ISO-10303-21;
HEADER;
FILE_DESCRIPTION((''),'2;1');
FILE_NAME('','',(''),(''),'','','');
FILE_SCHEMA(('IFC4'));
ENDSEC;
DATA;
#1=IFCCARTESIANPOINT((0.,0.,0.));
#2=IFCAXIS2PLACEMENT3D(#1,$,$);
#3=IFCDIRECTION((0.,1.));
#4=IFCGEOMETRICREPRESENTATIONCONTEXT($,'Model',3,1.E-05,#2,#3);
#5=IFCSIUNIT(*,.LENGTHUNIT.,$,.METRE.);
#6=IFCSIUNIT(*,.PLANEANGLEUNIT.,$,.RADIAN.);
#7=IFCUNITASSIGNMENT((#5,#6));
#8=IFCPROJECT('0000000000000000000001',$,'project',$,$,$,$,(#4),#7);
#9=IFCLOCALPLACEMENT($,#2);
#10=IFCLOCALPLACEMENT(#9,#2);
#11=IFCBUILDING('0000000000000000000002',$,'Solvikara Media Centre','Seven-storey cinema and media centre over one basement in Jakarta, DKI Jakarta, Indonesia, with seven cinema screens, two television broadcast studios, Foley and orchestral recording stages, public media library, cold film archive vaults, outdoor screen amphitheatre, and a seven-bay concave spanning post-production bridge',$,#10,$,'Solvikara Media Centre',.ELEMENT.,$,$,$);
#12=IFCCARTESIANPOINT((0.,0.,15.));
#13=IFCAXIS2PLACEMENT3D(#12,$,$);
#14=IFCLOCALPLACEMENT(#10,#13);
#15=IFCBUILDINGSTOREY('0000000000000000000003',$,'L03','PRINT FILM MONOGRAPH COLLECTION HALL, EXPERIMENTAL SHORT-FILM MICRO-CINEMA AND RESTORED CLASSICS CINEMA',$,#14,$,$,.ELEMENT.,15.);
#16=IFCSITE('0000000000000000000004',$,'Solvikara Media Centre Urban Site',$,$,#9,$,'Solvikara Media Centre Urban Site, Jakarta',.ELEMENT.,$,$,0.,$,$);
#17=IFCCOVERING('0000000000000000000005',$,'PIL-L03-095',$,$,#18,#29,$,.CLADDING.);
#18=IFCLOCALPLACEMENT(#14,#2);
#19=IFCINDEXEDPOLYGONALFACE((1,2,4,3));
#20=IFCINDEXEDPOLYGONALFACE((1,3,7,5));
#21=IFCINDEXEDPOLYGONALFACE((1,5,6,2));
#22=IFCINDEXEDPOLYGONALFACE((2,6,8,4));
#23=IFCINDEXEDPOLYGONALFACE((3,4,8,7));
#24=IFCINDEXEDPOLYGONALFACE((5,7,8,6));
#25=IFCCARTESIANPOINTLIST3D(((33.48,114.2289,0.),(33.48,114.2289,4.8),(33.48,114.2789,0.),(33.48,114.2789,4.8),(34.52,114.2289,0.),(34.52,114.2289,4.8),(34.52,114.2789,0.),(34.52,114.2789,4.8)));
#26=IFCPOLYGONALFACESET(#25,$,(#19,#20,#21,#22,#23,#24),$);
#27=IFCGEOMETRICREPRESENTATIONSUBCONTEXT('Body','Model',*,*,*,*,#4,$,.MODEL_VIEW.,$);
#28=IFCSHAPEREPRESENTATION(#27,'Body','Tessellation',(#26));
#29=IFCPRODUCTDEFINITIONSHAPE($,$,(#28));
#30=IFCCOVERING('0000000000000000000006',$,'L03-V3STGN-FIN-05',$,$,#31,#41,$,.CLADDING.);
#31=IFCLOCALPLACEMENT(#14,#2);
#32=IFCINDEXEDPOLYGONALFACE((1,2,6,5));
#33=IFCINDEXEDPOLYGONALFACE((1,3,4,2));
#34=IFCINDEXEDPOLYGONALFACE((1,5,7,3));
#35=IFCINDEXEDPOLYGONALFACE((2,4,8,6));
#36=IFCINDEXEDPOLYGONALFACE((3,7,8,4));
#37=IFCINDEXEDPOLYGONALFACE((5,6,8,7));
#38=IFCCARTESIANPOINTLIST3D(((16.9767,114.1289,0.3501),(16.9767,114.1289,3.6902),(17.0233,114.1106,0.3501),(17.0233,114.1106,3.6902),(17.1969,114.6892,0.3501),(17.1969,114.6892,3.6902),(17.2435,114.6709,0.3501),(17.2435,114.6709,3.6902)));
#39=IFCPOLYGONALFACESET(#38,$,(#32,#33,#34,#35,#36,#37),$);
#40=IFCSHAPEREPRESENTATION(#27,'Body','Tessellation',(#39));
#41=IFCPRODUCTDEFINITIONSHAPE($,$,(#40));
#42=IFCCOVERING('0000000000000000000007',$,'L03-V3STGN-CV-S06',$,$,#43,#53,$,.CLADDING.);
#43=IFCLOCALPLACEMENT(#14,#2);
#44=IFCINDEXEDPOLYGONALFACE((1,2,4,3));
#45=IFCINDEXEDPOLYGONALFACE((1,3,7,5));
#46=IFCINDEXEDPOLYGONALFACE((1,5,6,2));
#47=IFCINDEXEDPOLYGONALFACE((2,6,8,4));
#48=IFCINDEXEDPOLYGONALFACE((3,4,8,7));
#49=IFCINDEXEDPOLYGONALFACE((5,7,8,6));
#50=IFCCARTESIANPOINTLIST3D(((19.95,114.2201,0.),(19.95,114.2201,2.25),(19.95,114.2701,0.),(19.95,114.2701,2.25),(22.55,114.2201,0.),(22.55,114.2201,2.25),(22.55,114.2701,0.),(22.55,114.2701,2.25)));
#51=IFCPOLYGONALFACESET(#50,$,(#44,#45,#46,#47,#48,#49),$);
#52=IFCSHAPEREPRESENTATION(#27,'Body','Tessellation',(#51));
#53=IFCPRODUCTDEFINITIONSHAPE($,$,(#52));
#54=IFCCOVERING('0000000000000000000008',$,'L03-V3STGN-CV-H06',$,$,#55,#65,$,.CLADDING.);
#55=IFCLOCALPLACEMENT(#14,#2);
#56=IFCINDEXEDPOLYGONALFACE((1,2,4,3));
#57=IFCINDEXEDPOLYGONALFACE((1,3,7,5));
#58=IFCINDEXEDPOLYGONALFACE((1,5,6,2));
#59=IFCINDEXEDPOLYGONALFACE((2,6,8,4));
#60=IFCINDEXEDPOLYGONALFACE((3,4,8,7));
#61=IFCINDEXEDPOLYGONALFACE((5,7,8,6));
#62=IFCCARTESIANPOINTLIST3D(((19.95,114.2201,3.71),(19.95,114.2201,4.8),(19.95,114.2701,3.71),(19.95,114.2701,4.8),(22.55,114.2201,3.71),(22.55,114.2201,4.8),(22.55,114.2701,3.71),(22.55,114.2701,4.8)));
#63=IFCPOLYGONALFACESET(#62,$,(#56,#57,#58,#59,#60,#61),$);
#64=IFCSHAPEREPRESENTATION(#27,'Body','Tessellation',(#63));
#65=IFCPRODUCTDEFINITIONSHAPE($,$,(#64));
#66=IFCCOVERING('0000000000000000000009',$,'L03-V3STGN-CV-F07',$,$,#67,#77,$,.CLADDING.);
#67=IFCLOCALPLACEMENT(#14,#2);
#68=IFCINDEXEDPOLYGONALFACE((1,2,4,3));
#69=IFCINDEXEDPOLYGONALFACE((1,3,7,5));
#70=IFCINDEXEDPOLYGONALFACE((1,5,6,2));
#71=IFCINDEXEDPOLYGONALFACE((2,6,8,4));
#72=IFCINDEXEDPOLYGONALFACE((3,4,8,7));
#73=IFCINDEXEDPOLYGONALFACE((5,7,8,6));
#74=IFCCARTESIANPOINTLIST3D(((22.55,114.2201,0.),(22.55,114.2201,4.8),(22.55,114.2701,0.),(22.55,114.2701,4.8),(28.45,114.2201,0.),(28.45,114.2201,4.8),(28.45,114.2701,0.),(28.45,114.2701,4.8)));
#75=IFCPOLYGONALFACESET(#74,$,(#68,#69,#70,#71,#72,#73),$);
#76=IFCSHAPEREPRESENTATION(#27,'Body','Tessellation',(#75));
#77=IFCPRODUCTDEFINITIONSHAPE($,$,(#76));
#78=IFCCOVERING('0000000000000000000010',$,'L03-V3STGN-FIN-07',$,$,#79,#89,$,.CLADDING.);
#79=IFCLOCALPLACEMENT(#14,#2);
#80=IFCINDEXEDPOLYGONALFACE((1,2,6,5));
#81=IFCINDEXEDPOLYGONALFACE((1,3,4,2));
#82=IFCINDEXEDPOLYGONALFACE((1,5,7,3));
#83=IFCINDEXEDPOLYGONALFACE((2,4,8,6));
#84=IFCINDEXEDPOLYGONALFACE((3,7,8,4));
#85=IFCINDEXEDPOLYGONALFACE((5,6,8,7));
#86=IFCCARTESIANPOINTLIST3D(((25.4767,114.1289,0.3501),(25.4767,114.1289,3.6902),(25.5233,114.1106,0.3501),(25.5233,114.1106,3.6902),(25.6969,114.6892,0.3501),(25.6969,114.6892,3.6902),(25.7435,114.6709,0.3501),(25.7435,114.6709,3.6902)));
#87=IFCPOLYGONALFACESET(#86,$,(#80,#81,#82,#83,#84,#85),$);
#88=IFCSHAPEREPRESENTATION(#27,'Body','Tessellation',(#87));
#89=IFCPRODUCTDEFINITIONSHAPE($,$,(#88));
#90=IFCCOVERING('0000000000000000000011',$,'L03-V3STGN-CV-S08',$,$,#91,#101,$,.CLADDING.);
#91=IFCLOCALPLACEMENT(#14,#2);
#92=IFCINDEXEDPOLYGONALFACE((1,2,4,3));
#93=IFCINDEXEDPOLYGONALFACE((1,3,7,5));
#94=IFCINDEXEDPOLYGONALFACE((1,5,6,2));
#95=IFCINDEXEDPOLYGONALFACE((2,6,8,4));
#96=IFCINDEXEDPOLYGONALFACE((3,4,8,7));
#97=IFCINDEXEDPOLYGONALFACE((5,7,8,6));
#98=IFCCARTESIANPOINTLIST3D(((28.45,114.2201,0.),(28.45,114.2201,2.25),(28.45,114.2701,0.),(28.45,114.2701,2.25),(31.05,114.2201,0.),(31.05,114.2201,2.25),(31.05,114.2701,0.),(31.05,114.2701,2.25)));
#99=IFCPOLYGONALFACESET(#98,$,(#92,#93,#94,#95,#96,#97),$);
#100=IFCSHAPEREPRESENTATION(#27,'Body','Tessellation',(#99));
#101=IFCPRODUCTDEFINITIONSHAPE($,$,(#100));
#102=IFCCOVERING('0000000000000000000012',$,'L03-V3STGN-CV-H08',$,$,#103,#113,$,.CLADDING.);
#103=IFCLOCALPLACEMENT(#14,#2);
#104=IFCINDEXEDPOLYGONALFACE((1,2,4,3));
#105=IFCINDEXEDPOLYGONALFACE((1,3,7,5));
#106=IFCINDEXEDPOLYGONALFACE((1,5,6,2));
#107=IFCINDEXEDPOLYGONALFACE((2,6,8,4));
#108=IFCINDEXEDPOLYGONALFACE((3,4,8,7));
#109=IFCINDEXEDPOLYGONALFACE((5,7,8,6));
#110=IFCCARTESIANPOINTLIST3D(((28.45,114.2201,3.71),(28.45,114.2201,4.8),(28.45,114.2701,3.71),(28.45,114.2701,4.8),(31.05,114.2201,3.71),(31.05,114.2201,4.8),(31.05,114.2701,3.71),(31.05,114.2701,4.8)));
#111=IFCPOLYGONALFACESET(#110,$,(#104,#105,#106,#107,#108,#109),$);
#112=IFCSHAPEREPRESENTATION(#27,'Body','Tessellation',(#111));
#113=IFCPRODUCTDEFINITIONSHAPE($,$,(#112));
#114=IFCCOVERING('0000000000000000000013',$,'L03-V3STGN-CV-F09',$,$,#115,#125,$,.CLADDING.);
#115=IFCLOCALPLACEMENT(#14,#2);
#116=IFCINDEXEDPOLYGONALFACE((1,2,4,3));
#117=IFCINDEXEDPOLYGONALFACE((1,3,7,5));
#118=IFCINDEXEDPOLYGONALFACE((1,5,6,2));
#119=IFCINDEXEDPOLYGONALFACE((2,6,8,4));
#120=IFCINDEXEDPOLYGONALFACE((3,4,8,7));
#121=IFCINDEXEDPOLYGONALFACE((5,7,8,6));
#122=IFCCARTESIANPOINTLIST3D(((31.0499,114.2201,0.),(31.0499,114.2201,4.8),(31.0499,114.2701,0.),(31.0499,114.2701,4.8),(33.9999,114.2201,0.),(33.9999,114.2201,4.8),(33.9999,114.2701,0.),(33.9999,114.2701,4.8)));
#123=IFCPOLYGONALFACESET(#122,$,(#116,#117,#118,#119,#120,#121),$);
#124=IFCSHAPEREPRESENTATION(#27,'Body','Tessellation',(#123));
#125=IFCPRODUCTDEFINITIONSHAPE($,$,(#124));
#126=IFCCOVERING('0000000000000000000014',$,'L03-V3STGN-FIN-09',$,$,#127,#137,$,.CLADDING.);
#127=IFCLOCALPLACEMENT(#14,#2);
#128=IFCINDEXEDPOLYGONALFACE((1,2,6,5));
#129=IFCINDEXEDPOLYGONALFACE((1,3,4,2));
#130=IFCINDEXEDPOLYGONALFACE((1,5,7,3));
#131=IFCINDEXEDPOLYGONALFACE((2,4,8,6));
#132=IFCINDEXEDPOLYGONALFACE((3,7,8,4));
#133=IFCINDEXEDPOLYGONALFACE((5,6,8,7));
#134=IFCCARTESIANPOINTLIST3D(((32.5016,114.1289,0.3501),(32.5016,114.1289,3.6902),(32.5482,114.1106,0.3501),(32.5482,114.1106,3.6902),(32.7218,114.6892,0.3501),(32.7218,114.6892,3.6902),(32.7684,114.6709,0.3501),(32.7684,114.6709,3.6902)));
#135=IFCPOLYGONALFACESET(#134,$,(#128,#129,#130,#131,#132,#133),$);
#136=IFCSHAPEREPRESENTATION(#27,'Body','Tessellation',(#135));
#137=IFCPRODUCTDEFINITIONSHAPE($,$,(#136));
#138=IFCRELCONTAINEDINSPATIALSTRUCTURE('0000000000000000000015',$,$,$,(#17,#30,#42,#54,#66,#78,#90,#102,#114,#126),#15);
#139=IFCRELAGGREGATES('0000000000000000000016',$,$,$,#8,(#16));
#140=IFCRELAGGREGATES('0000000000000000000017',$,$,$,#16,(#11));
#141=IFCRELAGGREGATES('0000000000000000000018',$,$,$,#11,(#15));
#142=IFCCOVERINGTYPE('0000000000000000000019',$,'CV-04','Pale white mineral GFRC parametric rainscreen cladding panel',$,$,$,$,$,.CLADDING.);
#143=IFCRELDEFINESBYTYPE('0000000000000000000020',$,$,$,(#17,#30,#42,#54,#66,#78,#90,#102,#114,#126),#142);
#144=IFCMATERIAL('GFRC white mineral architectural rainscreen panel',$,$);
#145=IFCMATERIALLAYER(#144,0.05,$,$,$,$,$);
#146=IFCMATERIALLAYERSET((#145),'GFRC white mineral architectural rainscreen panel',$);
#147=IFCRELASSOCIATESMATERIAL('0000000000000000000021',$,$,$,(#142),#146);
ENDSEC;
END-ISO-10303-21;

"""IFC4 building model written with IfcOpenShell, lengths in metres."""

from ifc_helpers import new_model, si_unit, direction, frame, origin, origin_2d, place, context, subcontext, project, spatial, rectangle, extrude, material, layer, layer_set, type_object, element, save


model = new_model("IFC4")

# Units and contexts
model_context = context("Model", 3, precision=1e-05, world=origin(), true_north=direction((0.0, 1.0)))
body_context = subcontext(model_context, "Body", "Model", "MODEL_VIEW")
ifc_project = project(units=[si_unit("LENGTHUNIT", "METRE"), si_unit("PLANEANGLEUNIT", "RADIAN")], contexts=[model_context])

# Site, building, storey
site_placement = place(None, origin())
site = spatial("IfcSite", under=ifc_project, at=site_placement, Name="Solvikara Media Centre Urban Site", LongName="Solvikara Media Centre Urban Site, Jakarta", CompositionType="ELEMENT", RefElevation=0.0)
building_placement = place(site_placement, origin())
building = spatial("IfcBuilding", under=site, at=building_placement, Name="Solvikara Media Centre", Description="Seven-storey cinema and media centre over one basement in Jakarta, DKI Jakarta, Indonesia, with seven cinema screens, two television broadcast studios, Foley and orchestral recording stages, public media library, cold film archive vaults, outdoor screen amphitheatre, and a seven-bay concave spanning post-production bridge", LongName="Solvikara Media Centre", CompositionType="ELEMENT")
storey_placement = place(building_placement, frame((0.0, 0.0, 15.0)))
storey = spatial("IfcBuildingStorey", under=building, at=storey_placement, Name="L03", Description="PRINT FILM MONOGRAPH COLLECTION HALL, EXPERIMENTAL SHORT-FILM MICRO-CINEMA AND RESTORED CLASSICS CINEMA", CompositionType="ELEMENT", Elevation=15.0)

# Coverings
ifc_material_1 = material(Name="GFRC white mineral architectural rainscreen panel")
ifc_layer_1 = layer(ifc_material_1, 0.05)
ifc_layer_set_1 = layer_set([ifc_layer_1], Name="GFRC white mineral architectural rainscreen panel")
covering_type = type_object("IfcCoveringType", Name="CV-04", Description="Pale white mineral GFRC parametric rainscreen cladding panel", PredefinedType="CLADDING", material=ifc_layer_set_1)
for number, where, z_axis, x_axis, name in (
    (1, (34.0, 114.2539, 0.0), (0.0, 0.0, 1.0), (-1.0, 0.0, 0.0), "PIL-L03-095"),
):
    element("IfcCovering", number, at=place(storey_placement, frame(where, z_axis=z_axis, x_axis=x_axis)), inside=storey, type_object=covering_type, Name=name, PredefinedType="CLADDING", context=body_context, shape_type="SweptSolid", body=[
        extrude(rectangle(XDim=1.04, YDim=0.05, at=origin_2d()), origin(), (0.0, 0.0, 1.0), 4.8),
    ])
covering_1_placement = place(storey_placement, frame((17.1101, 114.3999, 0.3501), z_axis=(0.0, 0.0, 1.0), x_axis=(0.365657, 0.93075, 0.0)))
element("IfcCovering", 2, at=covering_1_placement, inside=storey, type_object=covering_type, Name="L03-V3STGN-FIN-05", PredefinedType="CLADDING", context=body_context, shape_type="SweptSolid", body=[
    extrude(rectangle(XDim=0.6021, YDim=0.05, at=origin_2d()), origin(), (0.0, 0.0, 1.0), 3.3401),
])
covering_2_placement = place(storey_placement, frame((21.25, 114.2451, 0.0), z_axis=(0.0, 0.0, 1.0), x_axis=(1.0, 0.0, 0.0)))
element("IfcCovering", 3, at=covering_2_placement, inside=storey, type_object=covering_type, Name="L03-V3STGN-CV-S06", PredefinedType="CLADDING", context=body_context, shape_type="SweptSolid", body=[
    extrude(rectangle(XDim=2.6001, YDim=0.05, at=origin_2d()), origin(), (0.0, 0.0, 1.0), 2.25),
])
covering_3_placement = place(storey_placement, frame((21.25, 114.2451, 3.71), z_axis=(0.0, 0.0, 1.0), x_axis=(1.0, 0.0, 0.0)))
element("IfcCovering", 4, at=covering_3_placement, inside=storey, type_object=covering_type, Name="L03-V3STGN-CV-H06", PredefinedType="CLADDING", context=body_context, shape_type="SweptSolid", body=[
    extrude(rectangle(XDim=2.6001, YDim=0.05, at=origin_2d()), origin(), (0.0, 0.0, 1.0), 1.0901),
])
covering_4_placement = place(storey_placement, frame((25.5, 114.2451, 0.0), z_axis=(0.0, 0.0, 1.0), x_axis=(1.0, 0.0, 0.0)))
element("IfcCovering", 5, at=covering_4_placement, inside=storey, type_object=covering_type, Name="L03-V3STGN-CV-F07", PredefinedType="CLADDING", context=body_context, shape_type="SweptSolid", body=[
    extrude(rectangle(XDim=5.8999, YDim=0.05, at=origin_2d()), origin(), (0.0, 0.0, 1.0), 4.8),
])
covering_5_placement = place(storey_placement, frame((25.6101, 114.3999, 0.3501), z_axis=(0.0, 0.0, 1.0), x_axis=(0.365657, 0.93075, 0.0)))
element("IfcCovering", 6, at=covering_5_placement, inside=storey, type_object=covering_type, Name="L03-V3STGN-FIN-07", PredefinedType="CLADDING", context=body_context, shape_type="SweptSolid", body=[
    extrude(rectangle(XDim=0.6021, YDim=0.05, at=origin_2d()), origin(), (0.0, 0.0, 1.0), 3.3401),
])
covering_6_placement = place(storey_placement, frame((29.75, 114.2451, 0.0), z_axis=(0.0, 0.0, 1.0), x_axis=(1.0, 0.0, 0.0)))
element("IfcCovering", 7, at=covering_6_placement, inside=storey, type_object=covering_type, Name="L03-V3STGN-CV-S08", PredefinedType="CLADDING", context=body_context, shape_type="SweptSolid", body=[
    extrude(rectangle(XDim=2.6001, YDim=0.05, at=origin_2d()), origin(), (0.0, 0.0, 1.0), 2.25),
])
covering_7_placement = place(storey_placement, frame((29.75, 114.2451, 3.71), z_axis=(0.0, 0.0, 1.0), x_axis=(1.0, 0.0, 0.0)))
element("IfcCovering", 8, at=covering_7_placement, inside=storey, type_object=covering_type, Name="L03-V3STGN-CV-H08", PredefinedType="CLADDING", context=body_context, shape_type="SweptSolid", body=[
    extrude(rectangle(XDim=2.6001, YDim=0.05, at=origin_2d()), origin(), (0.0, 0.0, 1.0), 1.0901),
])
covering_8_placement = place(storey_placement, frame((32.5249, 114.2451, 0.0), z_axis=(0.0, 0.0, 1.0), x_axis=(1.0, 0.0, 0.0)))
element("IfcCovering", 9, at=covering_8_placement, inside=storey, type_object=covering_type, Name="L03-V3STGN-CV-F09", PredefinedType="CLADDING", context=body_context, shape_type="SweptSolid", body=[
    extrude(rectangle(XDim=2.95, YDim=0.05, at=origin_2d()), origin(), (0.0, 0.0, 1.0), 4.8),
])
covering_9_placement = place(storey_placement, frame((32.635, 114.3999, 0.3501), z_axis=(0.0, 0.0, 1.0), x_axis=(0.365657, 0.93075, 0.0)))
element("IfcCovering", 10, at=covering_9_placement, inside=storey, type_object=covering_type, Name="L03-V3STGN-FIN-09", PredefinedType="CLADDING", context=body_context, shape_type="SweptSolid", body=[
    extrude(rectangle(XDim=0.6021, YDim=0.05, at=origin_2d()), origin(), (0.0, 0.0, 1.0), 3.3401),
])

save(model, "model.ifc")
